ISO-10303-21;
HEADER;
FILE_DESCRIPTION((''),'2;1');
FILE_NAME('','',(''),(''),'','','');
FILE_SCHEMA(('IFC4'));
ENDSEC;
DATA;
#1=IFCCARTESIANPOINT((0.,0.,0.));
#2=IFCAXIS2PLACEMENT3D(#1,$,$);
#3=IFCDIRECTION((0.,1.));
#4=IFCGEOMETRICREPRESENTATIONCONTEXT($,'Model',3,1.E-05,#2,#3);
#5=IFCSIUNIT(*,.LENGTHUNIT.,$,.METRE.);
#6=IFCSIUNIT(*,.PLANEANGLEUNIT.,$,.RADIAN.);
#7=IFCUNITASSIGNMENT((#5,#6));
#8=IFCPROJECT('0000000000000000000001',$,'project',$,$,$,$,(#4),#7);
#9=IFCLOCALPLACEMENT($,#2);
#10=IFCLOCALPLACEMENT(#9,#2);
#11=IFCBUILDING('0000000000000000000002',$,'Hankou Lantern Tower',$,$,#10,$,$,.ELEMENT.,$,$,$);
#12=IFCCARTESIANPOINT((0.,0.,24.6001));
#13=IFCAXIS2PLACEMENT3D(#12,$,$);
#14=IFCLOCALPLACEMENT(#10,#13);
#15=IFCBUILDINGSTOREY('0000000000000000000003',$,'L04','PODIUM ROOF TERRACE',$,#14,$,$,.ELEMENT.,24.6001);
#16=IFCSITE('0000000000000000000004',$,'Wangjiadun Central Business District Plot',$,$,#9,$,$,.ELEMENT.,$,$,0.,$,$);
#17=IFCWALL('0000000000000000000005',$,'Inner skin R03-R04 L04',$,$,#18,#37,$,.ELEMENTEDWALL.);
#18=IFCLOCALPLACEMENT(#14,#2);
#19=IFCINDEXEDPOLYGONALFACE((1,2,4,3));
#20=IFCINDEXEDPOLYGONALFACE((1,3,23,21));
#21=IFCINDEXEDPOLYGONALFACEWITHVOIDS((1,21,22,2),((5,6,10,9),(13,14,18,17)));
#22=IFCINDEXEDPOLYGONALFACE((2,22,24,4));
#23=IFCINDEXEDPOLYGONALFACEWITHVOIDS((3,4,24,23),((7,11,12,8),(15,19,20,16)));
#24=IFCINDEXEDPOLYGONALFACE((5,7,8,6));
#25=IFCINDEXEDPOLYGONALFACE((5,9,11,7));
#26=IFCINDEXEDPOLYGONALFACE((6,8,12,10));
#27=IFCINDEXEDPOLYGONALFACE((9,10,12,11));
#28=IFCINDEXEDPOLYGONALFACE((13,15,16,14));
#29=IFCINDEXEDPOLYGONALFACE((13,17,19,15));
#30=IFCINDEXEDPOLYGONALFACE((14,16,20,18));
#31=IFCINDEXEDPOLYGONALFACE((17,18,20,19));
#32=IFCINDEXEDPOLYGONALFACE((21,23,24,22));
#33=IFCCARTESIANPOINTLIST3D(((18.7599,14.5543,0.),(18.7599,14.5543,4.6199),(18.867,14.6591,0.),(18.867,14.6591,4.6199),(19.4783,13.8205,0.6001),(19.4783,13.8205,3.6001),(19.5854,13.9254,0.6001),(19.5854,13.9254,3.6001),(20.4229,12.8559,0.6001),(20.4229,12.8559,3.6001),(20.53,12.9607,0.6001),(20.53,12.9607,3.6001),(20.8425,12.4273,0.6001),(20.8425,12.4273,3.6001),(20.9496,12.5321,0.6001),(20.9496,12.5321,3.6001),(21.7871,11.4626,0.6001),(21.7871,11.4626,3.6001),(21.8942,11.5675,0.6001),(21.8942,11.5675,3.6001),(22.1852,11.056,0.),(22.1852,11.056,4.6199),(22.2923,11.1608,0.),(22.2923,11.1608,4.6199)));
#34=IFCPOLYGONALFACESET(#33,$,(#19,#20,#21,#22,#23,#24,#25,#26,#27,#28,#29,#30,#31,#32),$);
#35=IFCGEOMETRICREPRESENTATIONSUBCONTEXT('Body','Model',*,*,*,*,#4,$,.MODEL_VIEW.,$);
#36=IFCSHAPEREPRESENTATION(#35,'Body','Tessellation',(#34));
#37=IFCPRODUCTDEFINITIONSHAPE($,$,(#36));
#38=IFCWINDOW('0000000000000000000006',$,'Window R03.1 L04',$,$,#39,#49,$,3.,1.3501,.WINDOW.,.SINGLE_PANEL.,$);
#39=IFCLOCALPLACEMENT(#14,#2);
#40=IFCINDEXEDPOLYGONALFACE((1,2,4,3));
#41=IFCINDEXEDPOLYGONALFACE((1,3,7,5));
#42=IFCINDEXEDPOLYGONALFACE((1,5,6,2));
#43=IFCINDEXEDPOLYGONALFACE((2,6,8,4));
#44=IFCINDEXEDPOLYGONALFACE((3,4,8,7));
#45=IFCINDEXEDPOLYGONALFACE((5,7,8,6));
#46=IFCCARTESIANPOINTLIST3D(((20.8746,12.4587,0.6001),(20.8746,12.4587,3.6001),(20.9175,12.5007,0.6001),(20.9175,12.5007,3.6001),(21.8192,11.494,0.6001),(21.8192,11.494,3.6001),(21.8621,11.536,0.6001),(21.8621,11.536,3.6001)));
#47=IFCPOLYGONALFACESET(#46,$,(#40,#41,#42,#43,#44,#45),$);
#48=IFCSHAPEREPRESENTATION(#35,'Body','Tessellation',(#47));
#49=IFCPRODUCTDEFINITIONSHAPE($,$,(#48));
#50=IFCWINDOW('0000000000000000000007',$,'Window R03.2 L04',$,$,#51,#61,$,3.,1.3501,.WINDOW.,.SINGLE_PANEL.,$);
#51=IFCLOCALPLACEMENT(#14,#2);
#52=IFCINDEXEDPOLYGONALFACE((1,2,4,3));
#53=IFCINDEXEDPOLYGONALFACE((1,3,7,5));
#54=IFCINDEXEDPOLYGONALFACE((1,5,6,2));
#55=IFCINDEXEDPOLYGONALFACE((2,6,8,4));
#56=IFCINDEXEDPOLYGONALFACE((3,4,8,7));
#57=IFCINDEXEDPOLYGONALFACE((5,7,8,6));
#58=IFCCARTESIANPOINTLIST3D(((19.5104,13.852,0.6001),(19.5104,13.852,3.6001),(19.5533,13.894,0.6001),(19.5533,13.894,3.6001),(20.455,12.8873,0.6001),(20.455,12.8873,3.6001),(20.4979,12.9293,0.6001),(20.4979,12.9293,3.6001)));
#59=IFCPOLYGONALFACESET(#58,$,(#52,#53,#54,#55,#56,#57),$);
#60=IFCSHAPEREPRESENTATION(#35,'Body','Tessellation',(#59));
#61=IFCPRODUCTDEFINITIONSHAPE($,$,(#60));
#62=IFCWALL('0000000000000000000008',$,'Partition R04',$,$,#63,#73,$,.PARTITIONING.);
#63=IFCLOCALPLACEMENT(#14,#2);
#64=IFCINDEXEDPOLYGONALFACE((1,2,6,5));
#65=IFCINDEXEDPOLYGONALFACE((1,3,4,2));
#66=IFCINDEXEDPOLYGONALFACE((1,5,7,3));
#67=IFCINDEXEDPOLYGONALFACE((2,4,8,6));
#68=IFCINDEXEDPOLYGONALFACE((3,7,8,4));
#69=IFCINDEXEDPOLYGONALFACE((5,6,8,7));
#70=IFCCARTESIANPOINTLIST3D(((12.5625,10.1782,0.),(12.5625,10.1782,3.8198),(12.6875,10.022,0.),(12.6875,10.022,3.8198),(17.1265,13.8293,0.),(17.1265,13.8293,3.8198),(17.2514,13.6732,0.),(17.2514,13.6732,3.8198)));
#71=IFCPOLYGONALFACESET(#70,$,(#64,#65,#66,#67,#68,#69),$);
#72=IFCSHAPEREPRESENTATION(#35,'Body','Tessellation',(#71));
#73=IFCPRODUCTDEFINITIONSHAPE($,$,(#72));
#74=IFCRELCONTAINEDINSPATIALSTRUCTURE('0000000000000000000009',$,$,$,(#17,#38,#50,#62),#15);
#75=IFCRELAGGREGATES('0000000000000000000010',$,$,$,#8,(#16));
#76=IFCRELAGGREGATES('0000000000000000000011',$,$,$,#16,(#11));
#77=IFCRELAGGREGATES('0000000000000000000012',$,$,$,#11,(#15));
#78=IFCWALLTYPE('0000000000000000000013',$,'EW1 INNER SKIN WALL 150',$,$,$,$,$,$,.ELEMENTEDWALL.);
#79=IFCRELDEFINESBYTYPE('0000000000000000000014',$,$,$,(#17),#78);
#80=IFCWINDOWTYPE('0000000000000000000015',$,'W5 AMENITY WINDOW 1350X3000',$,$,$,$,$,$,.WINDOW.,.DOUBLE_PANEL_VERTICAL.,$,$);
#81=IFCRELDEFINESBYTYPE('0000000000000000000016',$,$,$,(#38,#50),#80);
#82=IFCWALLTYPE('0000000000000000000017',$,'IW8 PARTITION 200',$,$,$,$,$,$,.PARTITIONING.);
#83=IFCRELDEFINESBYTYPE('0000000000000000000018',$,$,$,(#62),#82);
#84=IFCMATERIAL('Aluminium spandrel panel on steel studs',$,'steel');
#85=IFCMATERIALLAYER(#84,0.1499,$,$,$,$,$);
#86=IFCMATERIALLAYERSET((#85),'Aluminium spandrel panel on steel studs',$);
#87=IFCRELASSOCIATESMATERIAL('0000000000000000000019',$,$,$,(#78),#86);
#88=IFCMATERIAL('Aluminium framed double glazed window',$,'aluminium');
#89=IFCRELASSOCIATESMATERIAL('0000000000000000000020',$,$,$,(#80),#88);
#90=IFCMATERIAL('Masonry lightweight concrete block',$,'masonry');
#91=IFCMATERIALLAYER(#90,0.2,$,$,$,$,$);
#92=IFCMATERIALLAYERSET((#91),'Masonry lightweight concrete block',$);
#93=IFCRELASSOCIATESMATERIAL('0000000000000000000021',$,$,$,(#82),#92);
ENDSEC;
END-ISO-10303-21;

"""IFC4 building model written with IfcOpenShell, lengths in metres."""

from ifc_helpers import new_model, si_unit, direction, frame, frame_2d, origin, place, context, subcontext, project, spatial, rectangle, extrude, material, layer, layer_set, type_object, element, fill, save


model = new_model("IFC4")

# Units and contexts
model_context = context("Model", 3, precision=1e-05, world=origin(), true_north=direction((0.0, 1.0)))
body_context = subcontext(model_context, "Body", "Model", "MODEL_VIEW")
ifc_project = project(units=[si_unit("LENGTHUNIT", "METRE"), si_unit("PLANEANGLEUNIT", "RADIAN")], contexts=[model_context])

# Site, building, storey
site_placement = place(None, origin())
site = spatial("IfcSite", under=ifc_project, at=site_placement, Name="Wangjiadun Central Business District Plot", CompositionType="ELEMENT", RefElevation=0.0)
building_placement = place(site_placement, origin())
building = spatial("IfcBuilding", under=site, at=building_placement, Name="Hankou Lantern Tower", CompositionType="ELEMENT")
storey_placement = place(building_placement, frame((0.0, 0.0, 24.6001)))
storey = spatial("IfcBuildingStorey", under=building, at=storey_placement, Name="L04", Description="PODIUM ROOF TERRACE", CompositionType="ELEMENT", Elevation=24.6001)

# Wall, openings, windows
ifc_material_1 = material(Name="Aluminium spandrel panel on steel studs", Category="steel")
ifc_layer_1 = layer(ifc_material_1, 0.1499)
ifc_layer_set_1 = layer_set([ifc_layer_1], Name="Aluminium spandrel panel on steel studs")
wall_type_1 = type_object("IfcWallType", Name="EW1 INNER SKIN WALL 150", PredefinedType="ELEMENTEDWALL", material=ifc_layer_set_1)
wall_1_placement = place(storey_placement, frame((22.2388, 11.1084, 0.0), z_axis=(0.0, 0.0, 1.0), x_axis=(-0.699613, 0.714522, 0.0)))
wall_1 = element("IfcWall", 1, at=wall_1_placement, inside=storey, type_object=wall_type_1, Name="Inner skin R03-R04 L04", PredefinedType="ELEMENTEDWALL", context=body_context, shape_type="SweptSolid", body=[
    extrude(rectangle(XDim=4.896, YDim=0.1499, at=frame_2d((2.448, 0.0))), origin(), (0.0, 0.0, 1.0), 4.6199),
])
opening_1_placement = place(wall_1_placement, frame((0.5691, 0.0, 0.6001)))
opening_1 = element("IfcOpeningElement", 2, at=opening_1_placement, cuts=wall_1, PredefinedType="OPENING", context=body_context, shape_type="SweptSolid", body=[
    extrude(rectangle(XDim=1.3501, YDim=3.0, at=frame_2d((0.675, 1.5))), frame((0.0, 0.085, 0.0), z_axis=(0.0, -1.0, 0.0), x_axis=(1.0, 0.0, 0.0)), (0.0, 0.0, 1.0), 0.1699),
])
opening_2_placement = place(wall_1_placement, frame((2.519, 0.0, 0.6001)))
opening_2 = element("IfcOpeningElement", 3, at=opening_2_placement, cuts=wall_1, PredefinedType="OPENING", context=body_context, shape_type="SweptSolid", body=[
    extrude(rectangle(XDim=1.3501, YDim=3.0, at=frame_2d((0.675, 1.5))), frame((0.0, 0.085, 0.0), z_axis=(0.0, -1.0, 0.0), x_axis=(1.0, 0.0, 0.0)), (0.0, 0.0, 1.0), 0.1699),
])
ifc_material_2 = material(Name="Aluminium framed double glazed window", Category="aluminium")
window_type = type_object("IfcWindowType", Name="W5 AMENITY WINDOW 1350X3000", PartitioningType="DOUBLE_PANEL_VERTICAL", PredefinedType="WINDOW", material=ifc_material_2)
window_1_placement = place(opening_1_placement, origin())
window_1 = element("IfcWindow", 4, at=window_1_placement, inside=storey, type_object=window_type, Name="Window R03.1 L04", OverallHeight=3.0, OverallWidth=1.3501, PartitioningType="SINGLE_PANEL", PredefinedType="WINDOW", context=body_context, shape_type="SweptSolid", body=[
    extrude(rectangle(XDim=1.3501, YDim=3.0, at=frame_2d((0.675, 1.5))), frame((0.0, 0.03, 0.0), z_axis=(0.0, -1.0, 0.0), x_axis=(1.0, 0.0, 0.0)), (0.0, 0.0, 1.0), 0.0601),
])
fill(opening_1, window_1)
window_2_placement = place(opening_2_placement, origin())
window_2 = element("IfcWindow", 5, at=window_2_placement, inside=storey, type_object=window_type, Name="Window R03.2 L04", OverallHeight=3.0, OverallWidth=1.3501, PartitioningType="SINGLE_PANEL", PredefinedType="WINDOW", context=body_context, shape_type="SweptSolid", body=[
    extrude(rectangle(XDim=1.3501, YDim=3.0, at=frame_2d((0.675, 1.5))), frame((0.0, 0.03, 0.0), z_axis=(0.0, -1.0, 0.0), x_axis=(1.0, 0.0, 0.0)), (0.0, 0.0, 1.0), 0.0601),
])
fill(opening_2, window_2)

# Wall
ifc_material_3 = material(Name="Masonry lightweight concrete block", Category="masonry")
ifc_layer_2 = layer(ifc_material_3, 0.2)
ifc_layer_set_2 = layer_set([ifc_layer_2], Name="Masonry lightweight concrete block")
wall_type_2 = type_object("IfcWallType", Name="IW8 PARTITION 200", PredefinedType="PARTITIONING", material=ifc_layer_set_2)
wall_2_placement = place(storey_placement, frame((12.625, 10.1001, 0.0), z_axis=(0.0, 0.0, 1.0), x_axis=(0.780873, 0.62469, 0.0)))
element("IfcWall", 6, at=wall_2_placement, inside=storey, type_object=wall_type_2, Name="Partition R04", PredefinedType="PARTITIONING", context=body_context, shape_type="SweptSolid", body=[
    extrude(rectangle(XDim=5.8447, YDim=0.2, at=frame_2d((2.9224, 0.0))), origin(), (0.0, 0.0, 1.0), 3.8198),
])

save(model, "model.ifc")
